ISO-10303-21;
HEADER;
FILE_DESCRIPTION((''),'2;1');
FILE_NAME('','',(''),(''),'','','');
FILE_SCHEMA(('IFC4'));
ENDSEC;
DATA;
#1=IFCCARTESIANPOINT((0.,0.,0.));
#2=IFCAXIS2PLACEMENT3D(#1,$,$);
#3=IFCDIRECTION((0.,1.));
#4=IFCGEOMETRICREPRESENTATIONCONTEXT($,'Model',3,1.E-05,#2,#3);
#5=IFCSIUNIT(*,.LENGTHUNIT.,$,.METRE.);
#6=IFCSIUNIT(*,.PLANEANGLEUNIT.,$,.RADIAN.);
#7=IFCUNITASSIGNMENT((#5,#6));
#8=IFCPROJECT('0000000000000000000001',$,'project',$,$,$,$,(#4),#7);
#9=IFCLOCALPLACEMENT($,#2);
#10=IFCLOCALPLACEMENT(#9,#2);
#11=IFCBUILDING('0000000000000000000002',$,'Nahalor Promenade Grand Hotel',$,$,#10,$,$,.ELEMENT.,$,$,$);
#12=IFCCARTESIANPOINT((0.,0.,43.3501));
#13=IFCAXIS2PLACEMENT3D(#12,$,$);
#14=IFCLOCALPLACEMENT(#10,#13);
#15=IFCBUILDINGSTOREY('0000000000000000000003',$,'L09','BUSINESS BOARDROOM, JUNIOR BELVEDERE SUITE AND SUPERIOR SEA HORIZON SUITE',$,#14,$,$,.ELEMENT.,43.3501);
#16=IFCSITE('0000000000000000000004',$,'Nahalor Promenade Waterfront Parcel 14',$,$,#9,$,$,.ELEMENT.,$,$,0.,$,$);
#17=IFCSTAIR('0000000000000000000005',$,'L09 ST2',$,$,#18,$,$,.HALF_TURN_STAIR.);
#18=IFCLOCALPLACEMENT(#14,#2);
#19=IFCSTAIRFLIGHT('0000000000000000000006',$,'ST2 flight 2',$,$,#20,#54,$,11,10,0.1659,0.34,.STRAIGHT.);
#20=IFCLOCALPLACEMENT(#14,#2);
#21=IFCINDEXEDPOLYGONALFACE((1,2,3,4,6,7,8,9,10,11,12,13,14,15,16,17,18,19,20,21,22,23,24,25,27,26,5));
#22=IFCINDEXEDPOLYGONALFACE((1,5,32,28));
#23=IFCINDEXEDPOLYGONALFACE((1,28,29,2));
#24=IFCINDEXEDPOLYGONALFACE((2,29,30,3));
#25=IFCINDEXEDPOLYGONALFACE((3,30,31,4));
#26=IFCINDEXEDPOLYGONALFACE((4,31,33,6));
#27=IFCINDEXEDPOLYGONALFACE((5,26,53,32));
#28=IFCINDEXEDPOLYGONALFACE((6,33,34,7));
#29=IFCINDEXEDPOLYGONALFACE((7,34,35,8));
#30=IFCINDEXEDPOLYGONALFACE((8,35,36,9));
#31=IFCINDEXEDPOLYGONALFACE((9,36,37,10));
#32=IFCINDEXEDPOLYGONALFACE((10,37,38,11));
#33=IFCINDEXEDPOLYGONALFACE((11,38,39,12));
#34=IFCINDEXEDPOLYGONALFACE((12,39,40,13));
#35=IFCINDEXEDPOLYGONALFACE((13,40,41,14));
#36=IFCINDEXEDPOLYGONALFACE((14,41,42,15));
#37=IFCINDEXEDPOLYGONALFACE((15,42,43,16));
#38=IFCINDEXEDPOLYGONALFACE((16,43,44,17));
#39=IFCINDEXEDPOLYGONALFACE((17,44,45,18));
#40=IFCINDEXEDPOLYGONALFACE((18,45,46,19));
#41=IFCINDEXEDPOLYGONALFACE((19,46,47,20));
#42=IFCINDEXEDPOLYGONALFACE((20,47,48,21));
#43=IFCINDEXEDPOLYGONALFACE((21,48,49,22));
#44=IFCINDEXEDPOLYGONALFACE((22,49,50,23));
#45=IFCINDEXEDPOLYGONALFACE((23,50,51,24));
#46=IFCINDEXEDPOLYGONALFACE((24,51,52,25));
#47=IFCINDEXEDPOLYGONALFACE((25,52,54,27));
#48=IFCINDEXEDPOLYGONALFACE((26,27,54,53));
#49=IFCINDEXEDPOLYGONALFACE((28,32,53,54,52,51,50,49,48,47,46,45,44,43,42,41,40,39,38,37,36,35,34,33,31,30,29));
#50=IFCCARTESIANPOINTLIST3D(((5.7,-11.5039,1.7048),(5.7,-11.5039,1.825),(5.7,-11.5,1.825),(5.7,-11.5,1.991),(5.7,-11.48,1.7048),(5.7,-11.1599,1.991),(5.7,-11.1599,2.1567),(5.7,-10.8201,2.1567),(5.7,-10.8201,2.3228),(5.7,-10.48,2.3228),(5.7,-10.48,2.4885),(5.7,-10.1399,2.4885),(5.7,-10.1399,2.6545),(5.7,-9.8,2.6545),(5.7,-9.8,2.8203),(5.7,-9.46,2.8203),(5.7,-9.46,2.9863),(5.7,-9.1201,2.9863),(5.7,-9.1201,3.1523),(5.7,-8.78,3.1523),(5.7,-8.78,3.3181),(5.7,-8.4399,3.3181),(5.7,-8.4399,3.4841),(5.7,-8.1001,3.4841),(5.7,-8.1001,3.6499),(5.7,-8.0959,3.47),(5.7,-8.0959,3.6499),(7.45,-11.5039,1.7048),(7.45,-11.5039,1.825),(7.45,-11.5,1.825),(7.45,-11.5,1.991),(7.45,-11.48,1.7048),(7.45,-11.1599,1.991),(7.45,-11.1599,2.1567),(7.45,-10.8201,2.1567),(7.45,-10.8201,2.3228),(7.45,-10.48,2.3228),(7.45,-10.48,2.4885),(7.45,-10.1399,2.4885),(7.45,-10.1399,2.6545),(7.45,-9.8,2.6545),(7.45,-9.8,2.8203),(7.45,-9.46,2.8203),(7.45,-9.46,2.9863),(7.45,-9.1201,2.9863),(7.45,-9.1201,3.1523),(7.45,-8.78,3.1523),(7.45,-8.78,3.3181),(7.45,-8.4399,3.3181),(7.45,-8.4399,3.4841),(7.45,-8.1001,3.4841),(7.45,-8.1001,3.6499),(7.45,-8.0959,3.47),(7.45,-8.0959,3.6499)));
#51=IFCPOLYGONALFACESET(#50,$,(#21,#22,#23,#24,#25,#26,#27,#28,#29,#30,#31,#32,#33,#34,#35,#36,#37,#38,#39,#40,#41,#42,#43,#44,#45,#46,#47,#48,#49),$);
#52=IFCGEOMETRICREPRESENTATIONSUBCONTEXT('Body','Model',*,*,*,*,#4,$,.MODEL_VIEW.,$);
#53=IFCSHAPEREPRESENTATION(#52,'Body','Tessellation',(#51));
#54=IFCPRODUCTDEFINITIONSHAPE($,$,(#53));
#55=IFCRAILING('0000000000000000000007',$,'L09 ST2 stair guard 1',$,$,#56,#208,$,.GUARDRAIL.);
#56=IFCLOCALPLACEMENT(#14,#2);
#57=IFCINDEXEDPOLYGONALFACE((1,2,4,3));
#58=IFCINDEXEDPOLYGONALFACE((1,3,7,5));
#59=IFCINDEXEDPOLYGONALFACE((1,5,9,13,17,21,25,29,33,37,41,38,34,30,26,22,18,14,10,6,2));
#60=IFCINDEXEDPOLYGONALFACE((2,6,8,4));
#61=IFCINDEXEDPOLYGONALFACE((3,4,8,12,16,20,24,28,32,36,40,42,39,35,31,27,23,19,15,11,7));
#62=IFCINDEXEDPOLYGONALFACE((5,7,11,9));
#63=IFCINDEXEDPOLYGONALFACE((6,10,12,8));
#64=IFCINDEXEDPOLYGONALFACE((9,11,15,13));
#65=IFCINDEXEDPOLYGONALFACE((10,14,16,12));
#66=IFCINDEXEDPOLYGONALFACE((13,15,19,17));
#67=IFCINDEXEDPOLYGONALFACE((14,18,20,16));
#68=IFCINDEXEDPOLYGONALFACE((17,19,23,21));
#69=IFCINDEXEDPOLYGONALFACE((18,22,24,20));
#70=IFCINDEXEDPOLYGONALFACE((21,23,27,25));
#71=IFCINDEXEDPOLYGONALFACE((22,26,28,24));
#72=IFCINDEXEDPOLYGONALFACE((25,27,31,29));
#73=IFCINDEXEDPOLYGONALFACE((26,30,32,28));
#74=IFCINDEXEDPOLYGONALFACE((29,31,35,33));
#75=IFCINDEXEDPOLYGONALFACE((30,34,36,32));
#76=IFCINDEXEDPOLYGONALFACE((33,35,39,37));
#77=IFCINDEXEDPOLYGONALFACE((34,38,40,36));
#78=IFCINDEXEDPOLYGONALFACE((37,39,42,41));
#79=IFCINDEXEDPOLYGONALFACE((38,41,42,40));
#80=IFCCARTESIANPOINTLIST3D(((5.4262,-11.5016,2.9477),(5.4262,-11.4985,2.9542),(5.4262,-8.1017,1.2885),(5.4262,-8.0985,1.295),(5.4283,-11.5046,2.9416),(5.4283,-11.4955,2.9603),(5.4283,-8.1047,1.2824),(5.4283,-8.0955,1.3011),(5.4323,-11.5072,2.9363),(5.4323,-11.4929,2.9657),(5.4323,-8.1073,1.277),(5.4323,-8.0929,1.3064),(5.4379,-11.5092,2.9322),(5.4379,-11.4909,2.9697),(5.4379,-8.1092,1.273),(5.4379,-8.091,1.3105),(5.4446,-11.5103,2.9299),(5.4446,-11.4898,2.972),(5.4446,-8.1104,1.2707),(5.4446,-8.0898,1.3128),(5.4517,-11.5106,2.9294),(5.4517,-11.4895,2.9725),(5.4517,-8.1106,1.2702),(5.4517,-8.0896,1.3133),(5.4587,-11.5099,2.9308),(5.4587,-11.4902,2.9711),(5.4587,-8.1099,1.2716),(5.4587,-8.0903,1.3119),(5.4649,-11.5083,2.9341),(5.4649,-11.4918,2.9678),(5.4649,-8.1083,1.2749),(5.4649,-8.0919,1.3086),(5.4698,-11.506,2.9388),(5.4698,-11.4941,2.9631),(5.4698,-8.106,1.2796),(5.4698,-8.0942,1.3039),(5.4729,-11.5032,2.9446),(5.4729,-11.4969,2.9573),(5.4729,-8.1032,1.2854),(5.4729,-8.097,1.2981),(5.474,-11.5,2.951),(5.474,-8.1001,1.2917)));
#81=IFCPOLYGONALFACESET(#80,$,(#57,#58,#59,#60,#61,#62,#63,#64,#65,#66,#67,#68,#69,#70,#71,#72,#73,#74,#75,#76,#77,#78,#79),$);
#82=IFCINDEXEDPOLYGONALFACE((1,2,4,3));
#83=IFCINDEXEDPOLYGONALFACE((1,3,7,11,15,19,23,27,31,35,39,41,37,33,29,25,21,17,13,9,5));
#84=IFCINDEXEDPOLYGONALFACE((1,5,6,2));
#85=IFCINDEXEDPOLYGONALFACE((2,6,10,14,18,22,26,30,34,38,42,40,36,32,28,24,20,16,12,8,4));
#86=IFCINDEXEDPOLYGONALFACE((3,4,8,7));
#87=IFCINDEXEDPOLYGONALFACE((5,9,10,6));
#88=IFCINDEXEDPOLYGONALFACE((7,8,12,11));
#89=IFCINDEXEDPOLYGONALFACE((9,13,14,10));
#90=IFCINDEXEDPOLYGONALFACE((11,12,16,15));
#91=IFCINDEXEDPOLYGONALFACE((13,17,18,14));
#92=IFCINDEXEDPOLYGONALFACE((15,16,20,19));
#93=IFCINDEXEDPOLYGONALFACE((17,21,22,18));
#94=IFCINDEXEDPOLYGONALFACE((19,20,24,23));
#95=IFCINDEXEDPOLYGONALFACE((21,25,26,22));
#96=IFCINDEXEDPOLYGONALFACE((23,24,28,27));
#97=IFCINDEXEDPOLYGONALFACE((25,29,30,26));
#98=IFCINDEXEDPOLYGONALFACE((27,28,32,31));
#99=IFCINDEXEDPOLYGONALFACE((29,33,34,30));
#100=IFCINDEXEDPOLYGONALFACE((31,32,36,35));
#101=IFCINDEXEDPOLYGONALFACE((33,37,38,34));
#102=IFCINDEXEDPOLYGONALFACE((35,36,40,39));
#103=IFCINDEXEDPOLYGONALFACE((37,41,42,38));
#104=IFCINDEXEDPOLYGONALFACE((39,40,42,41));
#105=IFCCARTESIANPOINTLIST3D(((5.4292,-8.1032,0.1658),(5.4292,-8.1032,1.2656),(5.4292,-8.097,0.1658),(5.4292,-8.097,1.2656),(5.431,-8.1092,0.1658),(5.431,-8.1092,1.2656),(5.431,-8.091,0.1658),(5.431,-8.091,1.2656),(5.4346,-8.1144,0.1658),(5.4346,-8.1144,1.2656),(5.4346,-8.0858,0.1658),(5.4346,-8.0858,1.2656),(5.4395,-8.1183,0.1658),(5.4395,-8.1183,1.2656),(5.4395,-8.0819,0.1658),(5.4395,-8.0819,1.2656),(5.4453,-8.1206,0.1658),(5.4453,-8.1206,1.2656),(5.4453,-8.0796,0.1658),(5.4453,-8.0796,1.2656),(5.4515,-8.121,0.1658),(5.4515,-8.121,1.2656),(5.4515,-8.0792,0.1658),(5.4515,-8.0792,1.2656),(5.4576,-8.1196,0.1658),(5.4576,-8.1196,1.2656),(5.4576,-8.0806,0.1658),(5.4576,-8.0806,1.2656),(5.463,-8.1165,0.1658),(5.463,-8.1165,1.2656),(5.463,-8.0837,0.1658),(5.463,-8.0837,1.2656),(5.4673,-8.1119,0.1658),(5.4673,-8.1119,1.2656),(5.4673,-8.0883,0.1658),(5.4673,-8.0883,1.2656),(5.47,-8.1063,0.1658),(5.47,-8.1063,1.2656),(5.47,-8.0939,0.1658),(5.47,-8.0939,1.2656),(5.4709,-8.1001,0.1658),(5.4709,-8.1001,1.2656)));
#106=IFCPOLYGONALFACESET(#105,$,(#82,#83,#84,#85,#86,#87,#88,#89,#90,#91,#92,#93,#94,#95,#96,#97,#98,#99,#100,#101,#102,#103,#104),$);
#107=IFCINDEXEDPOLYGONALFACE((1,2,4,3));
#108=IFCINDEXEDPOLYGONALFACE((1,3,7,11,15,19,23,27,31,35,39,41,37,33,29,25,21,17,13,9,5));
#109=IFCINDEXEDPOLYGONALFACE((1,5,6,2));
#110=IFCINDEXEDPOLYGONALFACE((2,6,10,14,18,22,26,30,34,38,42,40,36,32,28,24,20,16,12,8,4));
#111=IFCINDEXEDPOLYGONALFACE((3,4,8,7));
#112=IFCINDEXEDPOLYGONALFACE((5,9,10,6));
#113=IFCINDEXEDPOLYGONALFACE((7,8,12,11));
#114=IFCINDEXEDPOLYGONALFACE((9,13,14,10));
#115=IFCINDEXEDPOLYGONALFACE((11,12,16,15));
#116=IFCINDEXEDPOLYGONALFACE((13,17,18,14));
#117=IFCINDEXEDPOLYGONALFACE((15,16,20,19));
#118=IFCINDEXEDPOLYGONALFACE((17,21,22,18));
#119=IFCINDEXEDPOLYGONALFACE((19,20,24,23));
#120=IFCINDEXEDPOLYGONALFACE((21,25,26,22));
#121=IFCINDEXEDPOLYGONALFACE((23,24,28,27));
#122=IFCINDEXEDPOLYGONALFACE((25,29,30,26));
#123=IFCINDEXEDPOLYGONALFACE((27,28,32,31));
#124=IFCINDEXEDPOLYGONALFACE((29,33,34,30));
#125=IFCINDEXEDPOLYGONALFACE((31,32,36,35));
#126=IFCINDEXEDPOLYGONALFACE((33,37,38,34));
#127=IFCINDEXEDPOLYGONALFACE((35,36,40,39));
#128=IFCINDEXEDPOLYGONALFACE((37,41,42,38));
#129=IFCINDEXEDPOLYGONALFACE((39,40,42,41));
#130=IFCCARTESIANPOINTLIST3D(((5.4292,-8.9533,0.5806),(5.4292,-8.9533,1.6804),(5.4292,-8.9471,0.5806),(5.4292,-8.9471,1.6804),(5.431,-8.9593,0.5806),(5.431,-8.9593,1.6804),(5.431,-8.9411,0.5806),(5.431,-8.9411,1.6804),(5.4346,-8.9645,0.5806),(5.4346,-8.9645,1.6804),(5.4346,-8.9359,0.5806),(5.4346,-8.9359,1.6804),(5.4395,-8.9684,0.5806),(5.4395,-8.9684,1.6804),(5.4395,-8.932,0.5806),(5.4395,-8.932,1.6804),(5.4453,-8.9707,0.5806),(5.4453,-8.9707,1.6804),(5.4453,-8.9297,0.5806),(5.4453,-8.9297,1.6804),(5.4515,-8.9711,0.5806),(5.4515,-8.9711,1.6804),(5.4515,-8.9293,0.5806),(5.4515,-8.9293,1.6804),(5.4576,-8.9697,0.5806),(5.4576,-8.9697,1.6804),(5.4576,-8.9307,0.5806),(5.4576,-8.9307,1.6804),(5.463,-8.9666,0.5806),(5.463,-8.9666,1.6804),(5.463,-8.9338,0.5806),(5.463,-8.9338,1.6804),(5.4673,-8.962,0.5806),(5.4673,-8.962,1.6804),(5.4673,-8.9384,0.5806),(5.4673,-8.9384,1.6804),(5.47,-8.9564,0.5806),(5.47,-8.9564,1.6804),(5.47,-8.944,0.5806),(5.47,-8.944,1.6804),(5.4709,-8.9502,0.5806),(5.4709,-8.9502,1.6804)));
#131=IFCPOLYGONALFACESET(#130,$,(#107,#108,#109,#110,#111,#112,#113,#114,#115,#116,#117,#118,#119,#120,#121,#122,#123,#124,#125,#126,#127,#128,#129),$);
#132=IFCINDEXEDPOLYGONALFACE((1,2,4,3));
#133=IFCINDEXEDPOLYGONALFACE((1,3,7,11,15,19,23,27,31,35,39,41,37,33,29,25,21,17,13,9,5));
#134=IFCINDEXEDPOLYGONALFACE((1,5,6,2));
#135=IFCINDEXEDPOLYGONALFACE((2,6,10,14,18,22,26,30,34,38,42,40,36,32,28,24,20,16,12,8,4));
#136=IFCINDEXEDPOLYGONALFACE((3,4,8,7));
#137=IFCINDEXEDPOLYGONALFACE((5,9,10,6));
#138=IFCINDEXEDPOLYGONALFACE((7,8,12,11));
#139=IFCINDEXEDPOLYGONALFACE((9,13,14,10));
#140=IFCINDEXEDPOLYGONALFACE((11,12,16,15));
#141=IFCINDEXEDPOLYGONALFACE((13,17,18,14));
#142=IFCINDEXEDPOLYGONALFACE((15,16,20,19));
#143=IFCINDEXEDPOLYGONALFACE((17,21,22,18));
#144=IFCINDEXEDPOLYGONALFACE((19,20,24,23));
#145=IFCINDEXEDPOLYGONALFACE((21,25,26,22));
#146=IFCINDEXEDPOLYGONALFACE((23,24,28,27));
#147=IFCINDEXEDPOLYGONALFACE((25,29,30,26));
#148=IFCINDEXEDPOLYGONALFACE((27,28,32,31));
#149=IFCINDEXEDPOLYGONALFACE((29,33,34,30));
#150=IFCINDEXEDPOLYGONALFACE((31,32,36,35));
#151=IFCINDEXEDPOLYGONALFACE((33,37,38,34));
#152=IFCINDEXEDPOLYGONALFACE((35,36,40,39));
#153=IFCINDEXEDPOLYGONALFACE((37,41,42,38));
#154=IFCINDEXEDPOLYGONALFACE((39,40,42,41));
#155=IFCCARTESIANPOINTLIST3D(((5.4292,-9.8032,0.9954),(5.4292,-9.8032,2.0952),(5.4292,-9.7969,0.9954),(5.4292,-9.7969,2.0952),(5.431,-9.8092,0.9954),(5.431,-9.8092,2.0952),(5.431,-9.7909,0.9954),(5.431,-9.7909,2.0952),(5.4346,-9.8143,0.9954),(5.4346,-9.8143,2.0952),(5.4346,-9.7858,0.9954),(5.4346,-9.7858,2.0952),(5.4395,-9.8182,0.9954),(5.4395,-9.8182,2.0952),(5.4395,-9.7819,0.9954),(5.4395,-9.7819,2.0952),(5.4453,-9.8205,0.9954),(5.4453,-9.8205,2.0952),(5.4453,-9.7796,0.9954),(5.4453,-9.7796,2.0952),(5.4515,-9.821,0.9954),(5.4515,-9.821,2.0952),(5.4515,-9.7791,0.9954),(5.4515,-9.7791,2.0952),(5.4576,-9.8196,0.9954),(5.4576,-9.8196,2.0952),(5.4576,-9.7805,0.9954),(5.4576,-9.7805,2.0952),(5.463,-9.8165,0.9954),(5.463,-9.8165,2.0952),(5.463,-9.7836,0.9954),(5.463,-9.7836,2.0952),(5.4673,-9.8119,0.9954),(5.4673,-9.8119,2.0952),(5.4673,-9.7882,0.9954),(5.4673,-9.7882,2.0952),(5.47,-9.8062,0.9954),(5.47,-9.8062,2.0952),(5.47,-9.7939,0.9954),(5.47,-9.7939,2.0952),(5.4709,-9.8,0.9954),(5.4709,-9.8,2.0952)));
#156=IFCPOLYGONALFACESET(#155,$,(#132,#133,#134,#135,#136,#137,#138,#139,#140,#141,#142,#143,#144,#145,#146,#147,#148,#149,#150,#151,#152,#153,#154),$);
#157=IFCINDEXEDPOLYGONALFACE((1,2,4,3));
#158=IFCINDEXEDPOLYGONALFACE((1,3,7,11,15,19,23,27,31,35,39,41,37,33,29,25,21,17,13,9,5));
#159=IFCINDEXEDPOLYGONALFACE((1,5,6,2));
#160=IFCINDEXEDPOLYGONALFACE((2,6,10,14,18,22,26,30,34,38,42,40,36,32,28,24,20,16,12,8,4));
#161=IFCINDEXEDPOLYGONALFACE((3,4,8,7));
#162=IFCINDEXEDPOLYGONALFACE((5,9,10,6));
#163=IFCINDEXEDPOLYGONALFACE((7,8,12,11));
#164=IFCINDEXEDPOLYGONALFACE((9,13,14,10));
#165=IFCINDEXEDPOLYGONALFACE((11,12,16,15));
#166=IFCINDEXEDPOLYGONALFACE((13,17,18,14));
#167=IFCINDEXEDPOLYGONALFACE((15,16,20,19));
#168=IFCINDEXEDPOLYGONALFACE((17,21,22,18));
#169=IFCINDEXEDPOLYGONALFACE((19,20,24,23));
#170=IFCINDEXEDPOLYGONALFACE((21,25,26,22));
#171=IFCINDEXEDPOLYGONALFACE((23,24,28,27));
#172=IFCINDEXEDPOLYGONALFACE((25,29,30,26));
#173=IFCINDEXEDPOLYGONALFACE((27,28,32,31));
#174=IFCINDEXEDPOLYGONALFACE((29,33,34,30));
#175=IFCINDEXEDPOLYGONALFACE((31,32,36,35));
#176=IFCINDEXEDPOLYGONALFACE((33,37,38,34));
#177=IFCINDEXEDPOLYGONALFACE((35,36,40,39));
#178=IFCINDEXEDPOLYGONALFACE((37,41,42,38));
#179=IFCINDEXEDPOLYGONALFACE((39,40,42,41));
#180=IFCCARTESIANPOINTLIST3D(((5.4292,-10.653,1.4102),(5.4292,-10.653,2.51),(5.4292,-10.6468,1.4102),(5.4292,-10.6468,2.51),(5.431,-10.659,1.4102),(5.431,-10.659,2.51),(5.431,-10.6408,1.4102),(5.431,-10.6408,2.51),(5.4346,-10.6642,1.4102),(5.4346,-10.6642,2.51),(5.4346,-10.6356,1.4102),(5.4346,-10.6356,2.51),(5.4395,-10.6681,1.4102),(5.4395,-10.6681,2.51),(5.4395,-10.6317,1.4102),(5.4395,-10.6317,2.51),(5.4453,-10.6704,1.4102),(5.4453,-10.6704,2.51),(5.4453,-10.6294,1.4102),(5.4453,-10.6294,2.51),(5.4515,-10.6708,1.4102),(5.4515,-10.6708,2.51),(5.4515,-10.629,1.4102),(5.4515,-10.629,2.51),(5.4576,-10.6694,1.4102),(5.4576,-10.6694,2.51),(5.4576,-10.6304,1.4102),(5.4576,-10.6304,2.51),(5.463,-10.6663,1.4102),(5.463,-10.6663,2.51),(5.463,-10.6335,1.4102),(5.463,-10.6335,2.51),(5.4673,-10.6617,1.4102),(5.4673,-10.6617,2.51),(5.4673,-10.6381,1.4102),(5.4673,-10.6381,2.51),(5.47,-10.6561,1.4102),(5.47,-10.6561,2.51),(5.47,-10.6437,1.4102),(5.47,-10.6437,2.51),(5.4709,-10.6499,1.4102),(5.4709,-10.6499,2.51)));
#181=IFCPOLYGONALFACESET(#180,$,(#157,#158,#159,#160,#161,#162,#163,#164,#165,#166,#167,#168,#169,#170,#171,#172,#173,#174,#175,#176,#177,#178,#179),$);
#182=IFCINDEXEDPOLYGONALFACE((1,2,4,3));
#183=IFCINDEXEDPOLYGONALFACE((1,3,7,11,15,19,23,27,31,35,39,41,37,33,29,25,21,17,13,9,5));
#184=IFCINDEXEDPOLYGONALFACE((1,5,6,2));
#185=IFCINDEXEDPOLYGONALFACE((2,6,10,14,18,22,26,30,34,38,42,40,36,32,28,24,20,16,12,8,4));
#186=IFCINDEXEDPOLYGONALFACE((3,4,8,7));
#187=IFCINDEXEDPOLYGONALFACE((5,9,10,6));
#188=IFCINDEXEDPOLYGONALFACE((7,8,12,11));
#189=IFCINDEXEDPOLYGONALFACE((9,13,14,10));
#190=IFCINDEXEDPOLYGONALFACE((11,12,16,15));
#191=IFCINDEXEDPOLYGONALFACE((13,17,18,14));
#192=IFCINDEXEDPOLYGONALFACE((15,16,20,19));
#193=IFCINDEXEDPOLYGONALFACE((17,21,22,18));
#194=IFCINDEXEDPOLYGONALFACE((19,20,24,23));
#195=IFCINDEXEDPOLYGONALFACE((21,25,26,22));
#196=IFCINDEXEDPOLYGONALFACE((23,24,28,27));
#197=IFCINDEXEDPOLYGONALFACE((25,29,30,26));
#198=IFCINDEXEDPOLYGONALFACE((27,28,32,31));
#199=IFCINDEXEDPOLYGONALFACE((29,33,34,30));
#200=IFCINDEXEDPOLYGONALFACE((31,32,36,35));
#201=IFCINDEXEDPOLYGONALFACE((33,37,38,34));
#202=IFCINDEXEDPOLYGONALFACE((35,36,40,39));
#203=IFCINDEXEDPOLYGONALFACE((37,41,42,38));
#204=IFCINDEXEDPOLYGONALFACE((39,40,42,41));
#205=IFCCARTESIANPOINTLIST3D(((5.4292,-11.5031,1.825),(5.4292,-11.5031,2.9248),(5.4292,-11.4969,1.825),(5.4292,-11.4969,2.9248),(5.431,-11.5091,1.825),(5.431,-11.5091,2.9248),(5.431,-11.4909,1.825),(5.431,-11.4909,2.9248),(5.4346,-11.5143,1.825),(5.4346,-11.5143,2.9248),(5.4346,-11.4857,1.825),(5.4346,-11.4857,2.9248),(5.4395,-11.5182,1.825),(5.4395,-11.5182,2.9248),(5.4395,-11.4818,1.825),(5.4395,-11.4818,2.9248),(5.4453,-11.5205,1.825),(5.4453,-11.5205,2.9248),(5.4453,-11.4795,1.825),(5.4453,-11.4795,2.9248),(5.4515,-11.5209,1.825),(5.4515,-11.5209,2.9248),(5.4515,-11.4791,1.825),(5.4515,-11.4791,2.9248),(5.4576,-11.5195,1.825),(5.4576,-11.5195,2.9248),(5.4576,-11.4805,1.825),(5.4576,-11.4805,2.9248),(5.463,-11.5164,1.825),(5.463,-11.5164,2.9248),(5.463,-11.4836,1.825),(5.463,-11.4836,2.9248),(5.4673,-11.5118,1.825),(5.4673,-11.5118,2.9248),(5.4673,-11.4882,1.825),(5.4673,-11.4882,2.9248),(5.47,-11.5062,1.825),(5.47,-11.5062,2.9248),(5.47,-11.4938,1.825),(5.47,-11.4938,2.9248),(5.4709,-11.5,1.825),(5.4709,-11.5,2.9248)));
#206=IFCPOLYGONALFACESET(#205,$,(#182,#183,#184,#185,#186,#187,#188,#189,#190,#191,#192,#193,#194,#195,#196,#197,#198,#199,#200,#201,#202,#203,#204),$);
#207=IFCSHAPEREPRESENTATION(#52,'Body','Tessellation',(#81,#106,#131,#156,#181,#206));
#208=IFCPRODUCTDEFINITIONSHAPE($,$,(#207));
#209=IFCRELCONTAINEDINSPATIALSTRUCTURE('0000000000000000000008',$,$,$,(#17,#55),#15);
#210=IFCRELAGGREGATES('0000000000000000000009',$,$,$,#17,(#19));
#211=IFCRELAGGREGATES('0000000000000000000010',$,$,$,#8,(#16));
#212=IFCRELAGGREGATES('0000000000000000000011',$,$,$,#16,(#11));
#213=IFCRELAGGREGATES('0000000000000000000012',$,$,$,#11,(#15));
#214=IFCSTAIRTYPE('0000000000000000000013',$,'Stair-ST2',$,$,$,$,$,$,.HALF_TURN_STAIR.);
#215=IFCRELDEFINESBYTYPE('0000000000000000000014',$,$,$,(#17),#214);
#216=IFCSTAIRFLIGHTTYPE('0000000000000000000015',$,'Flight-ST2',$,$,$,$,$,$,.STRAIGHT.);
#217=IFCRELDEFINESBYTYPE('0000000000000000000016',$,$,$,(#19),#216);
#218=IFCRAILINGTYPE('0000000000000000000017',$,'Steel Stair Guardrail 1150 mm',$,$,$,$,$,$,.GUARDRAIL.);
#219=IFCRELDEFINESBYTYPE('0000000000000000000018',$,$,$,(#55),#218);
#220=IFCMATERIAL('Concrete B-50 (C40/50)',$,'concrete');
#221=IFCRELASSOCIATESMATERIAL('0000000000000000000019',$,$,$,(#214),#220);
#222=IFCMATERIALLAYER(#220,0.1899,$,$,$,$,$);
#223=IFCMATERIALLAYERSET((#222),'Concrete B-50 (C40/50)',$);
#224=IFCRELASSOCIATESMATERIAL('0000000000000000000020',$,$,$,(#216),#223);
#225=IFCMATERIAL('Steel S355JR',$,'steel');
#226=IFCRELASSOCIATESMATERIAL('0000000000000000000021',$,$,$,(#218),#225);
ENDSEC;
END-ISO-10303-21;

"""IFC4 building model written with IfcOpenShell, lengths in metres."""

from ifc_helpers import new_model, si_unit, direction, frame, origin, origin_2d, place, context, subcontext, project, spatial, polyline, circle, outline, extrude, source, transform, mapped, material, layer, layer_set, type_object, element, aggregate, save


model = new_model("IFC4")

# Units and contexts
model_context = context("Model", 3, precision=1e-05, world=origin(), true_north=direction((0.0, 1.0)))
body_context = subcontext(model_context, "Body", "Model", "MODEL_VIEW")
ifc_project = project(units=[si_unit("LENGTHUNIT", "METRE"), si_unit("PLANEANGLEUNIT", "RADIAN")], contexts=[model_context])

# Site, building, storey
site_placement = place(None, origin())
site = spatial("IfcSite", under=ifc_project, at=site_placement, Name="Nahalor Promenade Waterfront Parcel 14", CompositionType="ELEMENT", RefElevation=0.0)
building_placement = place(site_placement, origin())
building = spatial("IfcBuilding", under=site, at=building_placement, Name="Nahalor Promenade Grand Hotel", CompositionType="ELEMENT")
storey_placement = place(building_placement, frame((0.0, 0.0, 43.3501)))
storey = spatial("IfcBuildingStorey", under=building, at=storey_placement, Name="L09", Description="BUSINESS BOARDROOM, JUNIOR BELVEDERE SUITE AND SUPERIOR SEA HORIZON SUITE", CompositionType="ELEMENT", Elevation=43.3501)

# Shared definitions
ifc_material_1 = material(Name="Steel S355JR", Category="steel")

# Shared definitions
ifc_material_2 = material(Name="Concrete B-50 (C40/50)", Category="concrete")

# Stair, stair flight
stair_type = type_object("IfcStairType", Name="Stair-ST2", PredefinedType="HALF_TURN_STAIR", material=ifc_material_2)
stair_placement = place(storey_placement, origin())
stair = element("IfcStair", 1, at=stair_placement, inside=storey, type_object=stair_type, Name="L09 ST2", PredefinedType="HALF_TURN_STAIR")
ifc_layer_1 = layer(ifc_material_2, 0.1899)
ifc_layer_set_1 = layer_set([ifc_layer_1], Name="Concrete B-50 (C40/50)")
stair_flight_type = type_object("IfcStairFlightType", Name="Flight-ST2", PredefinedType="STRAIGHT", material=ifc_layer_set_1)
shared_shape_1 = source(origin(), body_context, "Body", "SweptSolid", [
    extrude(outline(polyline([(-0.0039, -0.1201), (-0.0039, 0.0), (0.0, 0.0), (0.0, 0.166), (0.3401, 0.166), (0.3401, 0.3318), (0.6799, 0.3318), (0.6799, 0.4978), (1.02, 0.4978), (1.02, 0.6636), (1.3601, 0.6636), (1.3601, 0.8296), (1.7, 0.8296), (1.7, 0.9954), (2.04, 0.9954), (2.04, 1.1614), (2.3799, 1.1614), (2.3799, 1.3274), (2.72, 1.3274), (2.72, 1.4932), (3.0601, 1.4932), (3.0601, 1.6592), (3.3999, 1.6592), (3.3999, 1.825), (3.4041, 1.825), (3.4041, 1.645), (0.02, -0.1201), (-0.0039, -0.1201)])), frame((0.0, 0.875, 0.0), z_axis=(0.0, -1.0, 0.0), x_axis=(1.0, 0.0, 0.0)), (0.0, 0.0, 1.0), 1.75),
])
stair_flight_1_placement = place(storey_placement, frame((6.575, -11.5, 1.825), z_axis=(0.0, 0.0, 1.0), x_axis=(0.0, 1.0, 0.0)))
stair_flight_1 = element("IfcStairFlight", 2, at=stair_flight_1_placement, type_object=stair_flight_type, Name="ST2 flight 2", NumberOfRisers=11, NumberOfTreads=10, PredefinedType="STRAIGHT", RiserHeight=0.1659, TreadLength=0.34, context=body_context, shape_type="MappedRepresentation", body=[
    mapped(shared_shape_1, transform((0.0, 0.0, 0.0), scale=1.0)),
])
aggregate(stair, [stair_flight_1])

# Railing
railing_type_1 = type_object("IfcRailingType", Name="Steel Stair Guardrail 1150 mm", PredefinedType="GUARDRAIL", material=ifc_material_1)
railing_1_placement = place(storey_placement, frame((5.45, -8.1001, 0.1658)))
element("IfcRailing", 3, at=railing_1_placement, inside=storey, type_object=railing_type_1, Name="L09 ST2 stair guard 1", PredefinedType="GUARDRAIL", context=body_context, shape_type="SweptSolid", body=[
    extrude(circle(Radius=0.024, at=origin_2d()), frame((0.0, 0.0, 1.126), z_axis=(0.0, -0.898696, 0.438571), x_axis=(1.0, 0.0, 0.0)), (0.0, 0.0, 1.0), 3.7832),
    extrude(circle(Radius=0.021, at=origin_2d()), origin(), (0.0, 0.0, 1.0), 1.0999),
    extrude(circle(Radius=0.021, at=origin_2d()), frame((0.0, -0.8501, 0.4148)), (0.0, 0.0, 1.0), 1.0999),
    extrude(circle(Radius=0.021, at=origin_2d()), frame((0.0, -1.7, 0.8296)), (0.0, 0.0, 1.0), 1.0999),
    extrude(circle(Radius=0.021, at=origin_2d()), frame((0.0, -2.5498, 1.2444)), (0.0, 0.0, 1.0), 1.0999),
    extrude(circle(Radius=0.021, at=origin_2d()), frame((0.0, -3.3999, 1.6592)), (0.0, 0.0, 1.0), 1.0999),
])

save(model, "model.ifc")
